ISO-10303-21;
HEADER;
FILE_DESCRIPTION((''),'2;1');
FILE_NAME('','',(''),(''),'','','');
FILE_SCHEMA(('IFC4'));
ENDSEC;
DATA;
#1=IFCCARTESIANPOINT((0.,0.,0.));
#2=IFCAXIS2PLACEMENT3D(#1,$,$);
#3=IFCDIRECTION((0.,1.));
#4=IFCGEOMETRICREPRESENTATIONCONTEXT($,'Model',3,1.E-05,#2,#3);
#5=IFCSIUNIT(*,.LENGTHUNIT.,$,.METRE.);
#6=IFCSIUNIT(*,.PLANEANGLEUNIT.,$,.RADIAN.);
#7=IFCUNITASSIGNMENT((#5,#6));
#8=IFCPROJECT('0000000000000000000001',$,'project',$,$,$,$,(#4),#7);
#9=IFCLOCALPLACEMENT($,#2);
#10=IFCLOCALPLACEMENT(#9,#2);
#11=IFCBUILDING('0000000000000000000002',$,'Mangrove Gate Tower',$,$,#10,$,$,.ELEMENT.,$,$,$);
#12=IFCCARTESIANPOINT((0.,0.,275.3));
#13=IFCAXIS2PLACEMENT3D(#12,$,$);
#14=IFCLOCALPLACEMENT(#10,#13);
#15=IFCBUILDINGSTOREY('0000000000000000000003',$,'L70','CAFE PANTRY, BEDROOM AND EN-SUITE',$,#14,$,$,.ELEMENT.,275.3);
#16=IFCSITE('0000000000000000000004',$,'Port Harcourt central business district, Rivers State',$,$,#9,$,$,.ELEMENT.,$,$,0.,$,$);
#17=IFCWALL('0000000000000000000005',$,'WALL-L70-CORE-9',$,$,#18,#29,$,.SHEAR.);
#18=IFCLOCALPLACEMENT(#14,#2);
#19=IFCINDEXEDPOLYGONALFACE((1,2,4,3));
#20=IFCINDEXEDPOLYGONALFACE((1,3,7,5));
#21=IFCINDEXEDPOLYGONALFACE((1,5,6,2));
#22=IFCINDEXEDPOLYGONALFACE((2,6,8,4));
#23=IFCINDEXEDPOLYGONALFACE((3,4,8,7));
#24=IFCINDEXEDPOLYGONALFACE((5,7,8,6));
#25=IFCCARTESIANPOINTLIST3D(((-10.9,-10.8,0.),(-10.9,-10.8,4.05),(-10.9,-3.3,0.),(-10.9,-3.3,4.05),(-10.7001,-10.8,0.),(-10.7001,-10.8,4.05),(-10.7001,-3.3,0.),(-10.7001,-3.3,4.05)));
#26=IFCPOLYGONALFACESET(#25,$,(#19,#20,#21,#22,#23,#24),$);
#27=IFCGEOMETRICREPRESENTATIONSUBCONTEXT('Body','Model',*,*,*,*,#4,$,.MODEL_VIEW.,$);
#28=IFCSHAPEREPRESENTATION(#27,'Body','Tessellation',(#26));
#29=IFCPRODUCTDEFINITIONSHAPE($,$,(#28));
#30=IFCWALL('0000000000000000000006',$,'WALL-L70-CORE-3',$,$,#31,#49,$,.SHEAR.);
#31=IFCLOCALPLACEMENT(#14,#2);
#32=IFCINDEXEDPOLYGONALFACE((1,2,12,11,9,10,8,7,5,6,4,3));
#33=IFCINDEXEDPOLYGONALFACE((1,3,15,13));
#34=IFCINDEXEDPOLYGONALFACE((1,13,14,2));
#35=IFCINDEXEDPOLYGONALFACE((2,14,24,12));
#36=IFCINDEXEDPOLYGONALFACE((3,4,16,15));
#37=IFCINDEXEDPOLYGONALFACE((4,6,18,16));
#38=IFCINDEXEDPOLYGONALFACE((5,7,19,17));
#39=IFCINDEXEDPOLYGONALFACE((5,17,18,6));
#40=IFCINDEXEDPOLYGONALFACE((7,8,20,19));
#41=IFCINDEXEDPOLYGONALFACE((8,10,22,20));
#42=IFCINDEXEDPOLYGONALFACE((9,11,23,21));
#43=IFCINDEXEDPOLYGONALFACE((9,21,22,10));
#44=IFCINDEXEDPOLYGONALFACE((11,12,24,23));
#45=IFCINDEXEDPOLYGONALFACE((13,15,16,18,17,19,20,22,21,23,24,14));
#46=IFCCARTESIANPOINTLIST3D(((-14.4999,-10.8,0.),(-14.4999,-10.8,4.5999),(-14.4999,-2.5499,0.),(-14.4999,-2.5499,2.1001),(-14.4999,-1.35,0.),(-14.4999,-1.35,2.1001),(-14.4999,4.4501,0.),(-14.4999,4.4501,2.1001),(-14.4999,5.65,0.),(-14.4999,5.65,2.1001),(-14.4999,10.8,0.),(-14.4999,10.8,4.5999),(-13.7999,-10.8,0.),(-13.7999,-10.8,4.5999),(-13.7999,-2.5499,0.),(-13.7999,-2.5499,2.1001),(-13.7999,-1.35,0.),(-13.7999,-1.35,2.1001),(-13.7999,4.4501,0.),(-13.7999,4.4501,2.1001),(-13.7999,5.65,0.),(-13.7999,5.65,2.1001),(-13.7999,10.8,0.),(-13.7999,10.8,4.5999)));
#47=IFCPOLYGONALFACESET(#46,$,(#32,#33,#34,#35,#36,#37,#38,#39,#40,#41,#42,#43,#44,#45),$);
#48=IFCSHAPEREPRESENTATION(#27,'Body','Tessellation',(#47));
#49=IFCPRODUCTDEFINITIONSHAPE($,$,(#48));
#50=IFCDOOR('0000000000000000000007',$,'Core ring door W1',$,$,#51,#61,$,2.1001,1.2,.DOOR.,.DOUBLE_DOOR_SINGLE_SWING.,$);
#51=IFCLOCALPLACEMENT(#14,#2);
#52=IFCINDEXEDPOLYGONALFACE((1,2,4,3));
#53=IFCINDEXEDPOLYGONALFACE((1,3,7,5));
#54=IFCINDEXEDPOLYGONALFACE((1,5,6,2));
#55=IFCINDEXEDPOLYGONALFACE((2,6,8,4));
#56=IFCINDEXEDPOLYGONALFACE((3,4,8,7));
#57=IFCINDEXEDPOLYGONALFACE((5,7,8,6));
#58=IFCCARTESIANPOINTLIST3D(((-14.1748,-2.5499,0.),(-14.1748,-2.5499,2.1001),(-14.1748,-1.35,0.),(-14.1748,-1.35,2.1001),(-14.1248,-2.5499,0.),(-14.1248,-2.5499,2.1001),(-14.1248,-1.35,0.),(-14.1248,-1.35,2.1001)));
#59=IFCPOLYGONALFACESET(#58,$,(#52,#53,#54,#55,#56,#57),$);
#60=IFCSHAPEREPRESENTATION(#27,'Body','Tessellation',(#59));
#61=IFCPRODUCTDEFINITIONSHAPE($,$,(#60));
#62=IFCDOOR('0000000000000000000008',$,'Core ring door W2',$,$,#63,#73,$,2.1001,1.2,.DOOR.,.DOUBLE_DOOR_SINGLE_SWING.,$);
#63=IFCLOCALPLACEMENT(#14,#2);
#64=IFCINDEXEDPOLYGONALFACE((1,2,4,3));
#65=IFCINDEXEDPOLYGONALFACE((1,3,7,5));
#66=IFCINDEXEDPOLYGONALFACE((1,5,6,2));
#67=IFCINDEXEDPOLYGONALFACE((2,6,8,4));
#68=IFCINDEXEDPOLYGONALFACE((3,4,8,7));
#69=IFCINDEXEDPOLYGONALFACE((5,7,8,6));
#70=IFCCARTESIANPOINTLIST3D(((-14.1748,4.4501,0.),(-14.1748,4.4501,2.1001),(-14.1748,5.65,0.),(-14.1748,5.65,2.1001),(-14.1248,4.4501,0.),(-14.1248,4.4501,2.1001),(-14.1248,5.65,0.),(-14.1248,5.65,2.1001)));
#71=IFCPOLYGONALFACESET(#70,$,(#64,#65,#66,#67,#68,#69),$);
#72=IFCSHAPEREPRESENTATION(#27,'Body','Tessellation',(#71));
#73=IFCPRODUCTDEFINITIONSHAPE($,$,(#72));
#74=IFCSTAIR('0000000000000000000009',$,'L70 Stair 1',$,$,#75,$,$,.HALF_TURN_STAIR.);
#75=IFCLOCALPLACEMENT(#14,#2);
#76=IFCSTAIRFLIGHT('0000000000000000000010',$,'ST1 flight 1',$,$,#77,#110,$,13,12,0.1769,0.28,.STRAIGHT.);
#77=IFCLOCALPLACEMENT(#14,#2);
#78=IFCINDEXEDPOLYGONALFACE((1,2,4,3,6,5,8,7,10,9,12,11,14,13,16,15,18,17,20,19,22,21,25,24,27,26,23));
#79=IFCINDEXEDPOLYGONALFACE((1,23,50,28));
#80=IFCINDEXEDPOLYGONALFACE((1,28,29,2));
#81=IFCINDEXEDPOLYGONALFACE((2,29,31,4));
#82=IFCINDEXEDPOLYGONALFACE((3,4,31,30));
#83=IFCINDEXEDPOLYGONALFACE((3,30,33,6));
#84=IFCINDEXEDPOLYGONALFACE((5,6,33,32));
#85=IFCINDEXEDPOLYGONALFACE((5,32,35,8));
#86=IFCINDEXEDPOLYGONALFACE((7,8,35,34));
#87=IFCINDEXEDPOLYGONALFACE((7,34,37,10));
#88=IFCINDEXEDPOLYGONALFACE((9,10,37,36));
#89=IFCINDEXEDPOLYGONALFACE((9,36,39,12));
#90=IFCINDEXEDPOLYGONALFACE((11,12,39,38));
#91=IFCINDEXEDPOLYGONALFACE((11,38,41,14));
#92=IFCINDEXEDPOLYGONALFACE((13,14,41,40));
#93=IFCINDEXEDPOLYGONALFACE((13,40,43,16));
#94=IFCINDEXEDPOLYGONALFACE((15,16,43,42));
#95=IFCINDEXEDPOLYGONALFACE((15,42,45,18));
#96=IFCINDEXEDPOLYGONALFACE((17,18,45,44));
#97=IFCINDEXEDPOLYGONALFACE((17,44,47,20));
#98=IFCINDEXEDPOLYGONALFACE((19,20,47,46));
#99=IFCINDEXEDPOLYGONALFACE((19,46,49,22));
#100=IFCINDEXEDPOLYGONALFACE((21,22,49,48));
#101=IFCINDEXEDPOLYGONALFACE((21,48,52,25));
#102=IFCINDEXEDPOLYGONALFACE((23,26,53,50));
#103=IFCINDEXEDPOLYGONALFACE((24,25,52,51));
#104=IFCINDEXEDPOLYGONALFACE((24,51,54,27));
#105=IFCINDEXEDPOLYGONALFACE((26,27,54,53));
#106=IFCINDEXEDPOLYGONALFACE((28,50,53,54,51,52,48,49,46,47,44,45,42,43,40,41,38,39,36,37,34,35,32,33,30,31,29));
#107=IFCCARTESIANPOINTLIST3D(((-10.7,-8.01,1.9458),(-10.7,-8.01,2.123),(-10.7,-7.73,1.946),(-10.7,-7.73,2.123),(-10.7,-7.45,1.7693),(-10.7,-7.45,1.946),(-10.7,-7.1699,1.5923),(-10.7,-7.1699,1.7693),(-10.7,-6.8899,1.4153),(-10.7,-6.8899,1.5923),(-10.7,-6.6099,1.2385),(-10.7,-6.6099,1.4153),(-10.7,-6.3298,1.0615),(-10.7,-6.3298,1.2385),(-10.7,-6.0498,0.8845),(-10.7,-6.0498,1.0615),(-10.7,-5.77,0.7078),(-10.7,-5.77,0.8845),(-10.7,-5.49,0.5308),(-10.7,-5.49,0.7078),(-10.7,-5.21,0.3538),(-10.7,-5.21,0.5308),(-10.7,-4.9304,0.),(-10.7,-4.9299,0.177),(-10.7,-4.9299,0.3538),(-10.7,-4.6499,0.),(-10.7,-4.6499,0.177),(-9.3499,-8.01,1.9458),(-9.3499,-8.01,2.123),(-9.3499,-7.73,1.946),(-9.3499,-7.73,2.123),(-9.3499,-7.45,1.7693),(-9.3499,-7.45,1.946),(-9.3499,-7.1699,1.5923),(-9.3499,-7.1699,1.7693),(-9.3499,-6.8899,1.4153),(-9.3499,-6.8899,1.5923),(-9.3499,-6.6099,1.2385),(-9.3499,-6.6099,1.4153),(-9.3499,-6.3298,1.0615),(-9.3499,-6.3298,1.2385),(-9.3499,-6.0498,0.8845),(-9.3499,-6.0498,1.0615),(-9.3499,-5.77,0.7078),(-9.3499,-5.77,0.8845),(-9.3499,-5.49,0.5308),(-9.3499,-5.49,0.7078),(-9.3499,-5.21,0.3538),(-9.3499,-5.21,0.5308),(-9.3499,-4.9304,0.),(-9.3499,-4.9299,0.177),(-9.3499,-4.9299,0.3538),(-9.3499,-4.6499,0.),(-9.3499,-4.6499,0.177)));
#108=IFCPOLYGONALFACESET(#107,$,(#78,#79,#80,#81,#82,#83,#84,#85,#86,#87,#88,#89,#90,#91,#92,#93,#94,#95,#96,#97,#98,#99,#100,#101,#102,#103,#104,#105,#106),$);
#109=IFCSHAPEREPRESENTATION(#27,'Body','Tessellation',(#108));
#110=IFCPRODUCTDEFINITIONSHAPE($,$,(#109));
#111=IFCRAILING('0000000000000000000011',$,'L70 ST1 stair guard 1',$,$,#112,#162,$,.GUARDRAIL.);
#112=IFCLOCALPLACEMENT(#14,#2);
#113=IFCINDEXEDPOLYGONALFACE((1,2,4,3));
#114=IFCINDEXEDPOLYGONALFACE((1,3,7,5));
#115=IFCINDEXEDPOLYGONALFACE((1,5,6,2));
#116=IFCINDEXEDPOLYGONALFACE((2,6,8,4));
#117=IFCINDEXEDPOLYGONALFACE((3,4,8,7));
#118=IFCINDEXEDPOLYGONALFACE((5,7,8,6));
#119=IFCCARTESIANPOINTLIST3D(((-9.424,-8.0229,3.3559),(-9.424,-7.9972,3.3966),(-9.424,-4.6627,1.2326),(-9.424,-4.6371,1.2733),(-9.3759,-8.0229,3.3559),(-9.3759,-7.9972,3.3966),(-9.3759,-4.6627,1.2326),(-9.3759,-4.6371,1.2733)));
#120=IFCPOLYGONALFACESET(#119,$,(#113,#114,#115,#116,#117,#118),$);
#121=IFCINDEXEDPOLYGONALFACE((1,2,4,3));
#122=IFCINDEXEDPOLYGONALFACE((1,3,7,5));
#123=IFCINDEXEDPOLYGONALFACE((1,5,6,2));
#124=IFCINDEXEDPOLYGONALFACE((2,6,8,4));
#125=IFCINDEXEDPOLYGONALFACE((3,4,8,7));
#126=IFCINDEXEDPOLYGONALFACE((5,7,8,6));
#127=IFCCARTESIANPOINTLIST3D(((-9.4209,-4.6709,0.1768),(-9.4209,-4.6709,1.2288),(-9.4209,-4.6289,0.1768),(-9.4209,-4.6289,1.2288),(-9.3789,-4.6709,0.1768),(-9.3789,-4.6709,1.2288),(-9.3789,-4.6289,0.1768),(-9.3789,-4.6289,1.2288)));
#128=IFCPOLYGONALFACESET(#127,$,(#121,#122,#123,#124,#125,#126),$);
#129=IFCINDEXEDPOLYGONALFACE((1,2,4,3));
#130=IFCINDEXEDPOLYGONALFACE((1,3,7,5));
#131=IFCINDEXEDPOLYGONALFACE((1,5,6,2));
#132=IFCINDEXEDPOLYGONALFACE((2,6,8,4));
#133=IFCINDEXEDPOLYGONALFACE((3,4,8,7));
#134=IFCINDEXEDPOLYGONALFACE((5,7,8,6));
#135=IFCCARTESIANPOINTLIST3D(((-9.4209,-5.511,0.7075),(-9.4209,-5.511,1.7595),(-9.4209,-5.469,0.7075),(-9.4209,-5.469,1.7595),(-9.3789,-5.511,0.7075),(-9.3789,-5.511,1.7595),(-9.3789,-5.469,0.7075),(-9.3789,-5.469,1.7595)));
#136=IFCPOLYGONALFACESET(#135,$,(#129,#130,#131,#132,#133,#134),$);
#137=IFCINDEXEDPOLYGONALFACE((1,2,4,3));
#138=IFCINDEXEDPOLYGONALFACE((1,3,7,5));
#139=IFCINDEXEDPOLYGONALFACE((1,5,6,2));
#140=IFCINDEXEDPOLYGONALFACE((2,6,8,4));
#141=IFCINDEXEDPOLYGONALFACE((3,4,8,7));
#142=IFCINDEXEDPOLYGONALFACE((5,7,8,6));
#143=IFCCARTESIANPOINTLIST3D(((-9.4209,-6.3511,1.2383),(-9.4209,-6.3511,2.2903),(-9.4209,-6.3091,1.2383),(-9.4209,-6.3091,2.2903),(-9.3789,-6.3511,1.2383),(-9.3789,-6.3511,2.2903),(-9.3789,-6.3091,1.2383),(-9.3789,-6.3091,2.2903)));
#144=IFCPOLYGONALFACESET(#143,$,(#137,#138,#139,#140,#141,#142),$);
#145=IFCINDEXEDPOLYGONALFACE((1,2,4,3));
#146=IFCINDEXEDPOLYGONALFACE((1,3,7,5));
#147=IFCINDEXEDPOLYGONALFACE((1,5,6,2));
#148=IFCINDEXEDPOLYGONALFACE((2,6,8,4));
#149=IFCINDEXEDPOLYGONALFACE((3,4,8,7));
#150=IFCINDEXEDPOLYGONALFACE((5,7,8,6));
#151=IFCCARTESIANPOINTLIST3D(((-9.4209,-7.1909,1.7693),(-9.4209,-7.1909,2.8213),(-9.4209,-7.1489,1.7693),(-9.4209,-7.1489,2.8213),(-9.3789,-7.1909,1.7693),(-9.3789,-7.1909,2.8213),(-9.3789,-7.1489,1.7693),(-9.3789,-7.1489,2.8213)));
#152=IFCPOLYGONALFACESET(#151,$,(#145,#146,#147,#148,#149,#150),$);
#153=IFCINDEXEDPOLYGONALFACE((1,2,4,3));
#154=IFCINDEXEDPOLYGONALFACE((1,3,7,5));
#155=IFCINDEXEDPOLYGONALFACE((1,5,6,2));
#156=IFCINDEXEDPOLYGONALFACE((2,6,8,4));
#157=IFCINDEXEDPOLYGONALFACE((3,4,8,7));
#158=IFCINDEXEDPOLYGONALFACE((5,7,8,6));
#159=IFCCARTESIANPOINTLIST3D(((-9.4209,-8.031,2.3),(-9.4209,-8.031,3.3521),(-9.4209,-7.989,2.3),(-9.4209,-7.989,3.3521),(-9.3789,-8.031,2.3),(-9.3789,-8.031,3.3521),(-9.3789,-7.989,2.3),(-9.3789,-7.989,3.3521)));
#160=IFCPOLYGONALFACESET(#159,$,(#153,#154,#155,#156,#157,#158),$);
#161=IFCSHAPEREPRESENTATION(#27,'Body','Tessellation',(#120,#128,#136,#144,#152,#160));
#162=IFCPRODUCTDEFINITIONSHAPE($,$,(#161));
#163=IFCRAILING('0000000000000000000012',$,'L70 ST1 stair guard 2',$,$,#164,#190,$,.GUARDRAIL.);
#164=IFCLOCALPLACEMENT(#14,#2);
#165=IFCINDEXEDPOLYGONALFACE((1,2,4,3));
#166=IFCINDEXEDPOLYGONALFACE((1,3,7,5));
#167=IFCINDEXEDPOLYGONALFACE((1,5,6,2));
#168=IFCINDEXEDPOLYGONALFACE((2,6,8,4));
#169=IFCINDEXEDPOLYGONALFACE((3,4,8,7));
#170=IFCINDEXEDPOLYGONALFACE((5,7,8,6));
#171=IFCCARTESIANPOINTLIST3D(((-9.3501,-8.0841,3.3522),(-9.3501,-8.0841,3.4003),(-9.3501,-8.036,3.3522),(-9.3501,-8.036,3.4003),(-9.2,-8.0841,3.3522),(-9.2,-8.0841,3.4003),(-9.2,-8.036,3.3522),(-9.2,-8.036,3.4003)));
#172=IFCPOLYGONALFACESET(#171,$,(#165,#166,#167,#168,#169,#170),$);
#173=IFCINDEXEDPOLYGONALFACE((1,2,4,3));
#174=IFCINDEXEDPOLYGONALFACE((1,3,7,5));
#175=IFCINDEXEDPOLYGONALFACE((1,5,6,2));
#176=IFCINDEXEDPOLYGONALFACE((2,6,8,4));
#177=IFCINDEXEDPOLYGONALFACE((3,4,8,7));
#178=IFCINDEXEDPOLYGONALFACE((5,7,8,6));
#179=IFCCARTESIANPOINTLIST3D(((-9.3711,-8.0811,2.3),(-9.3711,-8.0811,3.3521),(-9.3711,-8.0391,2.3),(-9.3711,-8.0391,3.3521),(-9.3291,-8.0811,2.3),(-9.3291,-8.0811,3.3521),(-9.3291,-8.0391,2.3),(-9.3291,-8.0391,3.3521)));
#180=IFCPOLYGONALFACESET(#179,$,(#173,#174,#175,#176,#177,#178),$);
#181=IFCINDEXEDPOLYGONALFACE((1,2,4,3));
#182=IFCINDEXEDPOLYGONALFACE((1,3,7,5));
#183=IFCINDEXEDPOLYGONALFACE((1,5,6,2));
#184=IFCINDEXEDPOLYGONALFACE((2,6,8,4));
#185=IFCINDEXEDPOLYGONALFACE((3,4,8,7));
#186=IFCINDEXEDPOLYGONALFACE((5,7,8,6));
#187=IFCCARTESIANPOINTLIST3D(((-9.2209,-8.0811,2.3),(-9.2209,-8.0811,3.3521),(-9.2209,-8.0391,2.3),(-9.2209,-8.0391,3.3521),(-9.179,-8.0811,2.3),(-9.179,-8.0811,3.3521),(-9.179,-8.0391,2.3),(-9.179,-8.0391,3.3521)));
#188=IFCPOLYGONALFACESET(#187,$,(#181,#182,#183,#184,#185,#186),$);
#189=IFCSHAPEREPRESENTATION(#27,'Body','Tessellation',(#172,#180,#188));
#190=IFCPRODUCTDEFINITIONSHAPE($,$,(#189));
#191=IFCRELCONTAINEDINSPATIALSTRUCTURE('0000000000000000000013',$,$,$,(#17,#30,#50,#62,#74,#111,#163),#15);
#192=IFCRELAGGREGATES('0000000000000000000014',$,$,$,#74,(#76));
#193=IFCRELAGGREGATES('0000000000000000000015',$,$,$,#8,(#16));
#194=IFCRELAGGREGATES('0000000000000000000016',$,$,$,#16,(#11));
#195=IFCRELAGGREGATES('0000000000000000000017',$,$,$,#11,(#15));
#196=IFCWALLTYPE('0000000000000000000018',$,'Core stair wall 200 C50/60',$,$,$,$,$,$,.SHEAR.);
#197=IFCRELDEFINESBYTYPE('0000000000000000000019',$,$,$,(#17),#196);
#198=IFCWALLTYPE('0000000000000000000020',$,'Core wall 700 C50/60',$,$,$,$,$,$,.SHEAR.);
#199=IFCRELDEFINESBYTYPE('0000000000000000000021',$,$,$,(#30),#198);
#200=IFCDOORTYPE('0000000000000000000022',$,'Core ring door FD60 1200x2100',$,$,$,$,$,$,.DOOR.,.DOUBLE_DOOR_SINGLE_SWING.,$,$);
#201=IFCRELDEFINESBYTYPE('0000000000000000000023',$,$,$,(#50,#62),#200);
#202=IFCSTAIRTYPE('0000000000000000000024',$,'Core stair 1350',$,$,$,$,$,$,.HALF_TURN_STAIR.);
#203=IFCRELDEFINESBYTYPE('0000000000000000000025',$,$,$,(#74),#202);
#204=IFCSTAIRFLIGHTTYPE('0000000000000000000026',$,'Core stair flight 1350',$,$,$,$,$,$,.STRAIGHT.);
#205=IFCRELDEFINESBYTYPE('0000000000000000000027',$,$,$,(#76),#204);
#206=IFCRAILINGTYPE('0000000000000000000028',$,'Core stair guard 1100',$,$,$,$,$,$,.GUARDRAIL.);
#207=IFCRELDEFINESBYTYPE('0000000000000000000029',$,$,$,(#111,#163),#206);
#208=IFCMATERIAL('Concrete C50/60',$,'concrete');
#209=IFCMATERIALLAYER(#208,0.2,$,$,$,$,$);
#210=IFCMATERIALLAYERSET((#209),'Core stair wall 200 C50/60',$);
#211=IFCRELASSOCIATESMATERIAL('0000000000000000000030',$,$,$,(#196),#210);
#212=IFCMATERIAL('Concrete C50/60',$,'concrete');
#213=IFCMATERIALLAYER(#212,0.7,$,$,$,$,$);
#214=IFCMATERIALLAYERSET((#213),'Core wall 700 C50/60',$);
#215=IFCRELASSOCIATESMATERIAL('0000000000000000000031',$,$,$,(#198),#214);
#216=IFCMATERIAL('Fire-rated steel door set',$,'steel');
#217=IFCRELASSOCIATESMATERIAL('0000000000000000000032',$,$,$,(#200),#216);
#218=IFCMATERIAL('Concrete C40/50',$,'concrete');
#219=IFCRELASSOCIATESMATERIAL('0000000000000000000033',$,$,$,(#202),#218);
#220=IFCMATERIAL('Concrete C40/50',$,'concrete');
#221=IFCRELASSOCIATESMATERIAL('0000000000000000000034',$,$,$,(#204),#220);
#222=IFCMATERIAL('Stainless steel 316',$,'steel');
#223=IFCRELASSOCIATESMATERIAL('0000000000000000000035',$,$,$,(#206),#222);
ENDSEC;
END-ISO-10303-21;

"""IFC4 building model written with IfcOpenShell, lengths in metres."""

from ifc_helpers import new_model, si_unit, direction, frame, frame_2d, origin, origin_2d, place, context, subcontext, project, spatial, polyline, rectangle, outline, extrude, material, layer, layer_set, type_object, element, fill, aggregate, save


model = new_model("IFC4")

# Units and contexts
model_context = context("Model", 3, precision=1e-05, world=origin(), true_north=direction((0.0, 1.0)))
body_context = subcontext(model_context, "Body", "Model", "MODEL_VIEW")
ifc_project = project(units=[si_unit("LENGTHUNIT", "METRE"), si_unit("PLANEANGLEUNIT", "RADIAN")], contexts=[model_context])

# Site, building, storey
site_placement = place(None, origin())
site = spatial("IfcSite", under=ifc_project, at=site_placement, Name="Port Harcourt central business district, Rivers State", CompositionType="ELEMENT", RefElevation=0.0)
building_placement = place(site_placement, origin())
building = spatial("IfcBuilding", under=site, at=building_placement, Name="Mangrove Gate Tower", CompositionType="ELEMENT")
storey_placement = place(building_placement, frame((0.0, 0.0, 275.3)))
storey = spatial("IfcBuildingStorey", under=building, at=storey_placement, Name="L70", Description="CAFE PANTRY, BEDROOM AND EN-SUITE", CompositionType="ELEMENT", Elevation=275.3)

# Shared definitions
ifc_material_1 = material(Name="Concrete C50/60", Category="concrete")
ifc_layer_1 = layer(ifc_material_1, 0.2)
ifc_layer_set_1 = layer_set([ifc_layer_1], Name="Core stair wall 200 C50/60")
wall_type_1 = type_object("IfcWallType", Name="Core stair wall 200 C50/60", PredefinedType="SHEAR", material=ifc_layer_set_1)

# Wall
wall_1_placement = place(storey_placement, frame((-10.8, -10.8, 0.0), z_axis=(0.0, 0.0, 1.0), x_axis=(0.0, 1.0, 0.0)))
element("IfcWall", 1, at=wall_1_placement, inside=storey, type_object=wall_type_1, Name="WALL-L70-CORE-9", PredefinedType="SHEAR", context=body_context, shape_type="SweptSolid", body=[
    extrude(rectangle(XDim=7.5, YDim=0.2, at=frame_2d((3.75, 0.0))), origin(), (0.0, 0.0, 1.0), 4.05),
])

# Wall, openings, doors
ifc_material_2 = material(Name="Concrete C50/60", Category="concrete")
ifc_layer_2 = layer(ifc_material_2, 0.7)
ifc_layer_set_2 = layer_set([ifc_layer_2], Name="Core wall 700 C50/60")
wall_type_2 = type_object("IfcWallType", Name="Core wall 700 C50/60", PredefinedType="SHEAR", material=ifc_layer_set_2)
wall_2_placement = place(storey_placement, frame((-14.1499, -10.8, 0.0), z_axis=(0.0, 0.0, 1.0), x_axis=(0.0, 1.0, 0.0)))
wall_2 = element("IfcWall", 2, at=wall_2_placement, inside=storey, type_object=wall_type_2, Name="WALL-L70-CORE-3", PredefinedType="SHEAR", context=body_context, shape_type="SweptSolid", body=[
    extrude(rectangle(XDim=21.6001, YDim=0.7, at=frame_2d((10.8, 0.0))), origin(), (0.0, 0.0, 1.0), 4.5999),
])
opening_1_placement = place(wall_2_placement, frame((8.25, 0.0, 0.0)))
opening_1 = element("IfcOpeningElement", 3, at=opening_1_placement, cuts=wall_2, PredefinedType="OPENING", context=body_context, shape_type="SweptSolid", body=[
    extrude(rectangle(XDim=1.2, YDim=2.1001, at=frame_2d((0.6001, 1.05))), frame((0.0, 0.3599, 0.0), z_axis=(0.0, -1.0, 0.0), x_axis=(1.0, 0.0, 0.0)), (0.0, 0.0, 1.0), 0.72),
])
opening_2_placement = place(wall_2_placement, frame((15.25, 0.0, 0.0)))
opening_2 = element("IfcOpeningElement", 4, at=opening_2_placement, cuts=wall_2, PredefinedType="OPENING", context=body_context, shape_type="SweptSolid", body=[
    extrude(rectangle(XDim=1.2, YDim=2.1001, at=frame_2d((0.6001, 1.05))), frame((0.0, 0.3599, 0.0), z_axis=(0.0, -1.0, 0.0), x_axis=(1.0, 0.0, 0.0)), (0.0, 0.0, 1.0), 0.72),
])
ifc_material_3 = material(Name="Fire-rated steel door set", Category="steel")
door_type_1 = type_object("IfcDoorType", Name="Core ring door FD60 1200x2100", OperationType="DOUBLE_DOOR_SINGLE_SWING", PredefinedType="DOOR", material=ifc_material_3)
door_1_placement = place(opening_1_placement, origin())
door_1 = element("IfcDoor", 5, at=door_1_placement, inside=storey, type_object=door_type_1, Name="Core ring door W1", OperationType="DOUBLE_DOOR_SINGLE_SWING", OverallHeight=2.1001, OverallWidth=1.2, PredefinedType="DOOR", context=body_context, shape_type="SweptSolid", body=[
    extrude(rectangle(XDim=1.2, YDim=2.1001, at=frame_2d((0.6001, 1.05))), frame((0.0, 0.0249, 0.0), z_axis=(0.0, -1.0, 0.0), x_axis=(1.0, 0.0, 0.0)), (0.0, 0.0, 1.0), 0.05),
])
fill(opening_1, door_1)
door_2_placement = place(opening_2_placement, origin())
door_2 = element("IfcDoor", 6, at=door_2_placement, inside=storey, type_object=door_type_1, Name="Core ring door W2", OperationType="DOUBLE_DOOR_SINGLE_SWING", OverallHeight=2.1001, OverallWidth=1.2, PredefinedType="DOOR", context=body_context, shape_type="SweptSolid", body=[
    extrude(rectangle(XDim=1.2, YDim=2.1001, at=frame_2d((0.6001, 1.05))), frame((0.0, 0.0249, 0.0), z_axis=(0.0, -1.0, 0.0), x_axis=(1.0, 0.0, 0.0)), (0.0, 0.0, 1.0), 0.05),
])
fill(opening_2, door_2)

# Stair, stair flight
ifc_material_4 = material(Name="Concrete C40/50", Category="concrete")
stair_type = type_object("IfcStairType", Name="Core stair 1350", PredefinedType="HALF_TURN_STAIR", material=ifc_material_4)
stair_placement = place(storey_placement, origin())
stair = element("IfcStair", 7, at=stair_placement, inside=storey, type_object=stair_type, Name="L70 Stair 1", PredefinedType="HALF_TURN_STAIR")
ifc_material_5 = material(Name="Concrete C40/50", Category="concrete")
stair_flight_type = type_object("IfcStairFlightType", Name="Core stair flight 1350", PredefinedType="STRAIGHT", material=ifc_material_5)
stair_flight_placement = place(storey_placement, frame((-10.0249, -4.6499, 0.0), z_axis=(0.0, 0.0, 1.0), x_axis=(0.0, -1.0, 0.0)))
stair_flight = element("IfcStairFlight", 8, at=stair_flight_placement, type_object=stair_flight_type, Name="ST1 flight 1", NumberOfRisers=13, NumberOfTreads=12, PredefinedType="STRAIGHT", RiserHeight=0.1769, TreadLength=0.28, context=body_context, shape_type="SweptSolid", body=[
    extrude(outline(polyline([(0.0, 0.0), (0.0, 0.177), (0.28, 0.177), (0.28, 0.3538), (0.5601, 0.3538), (0.5601, 0.5308), (0.8401, 0.5308), (0.8401, 0.7078), (1.1201, 0.7078), (1.1201, 0.8845), (1.3999, 0.8845), (1.3999, 1.0615), (1.6799, 1.0615), (1.6799, 1.2385), (1.96, 1.2385), (1.96, 1.4153), (2.24, 1.4153), (2.24, 1.5923), (2.52, 1.5923), (2.52, 1.7693), (2.8, 1.7693), (2.8, 1.946), (3.0801, 1.946), (3.0801, 2.123), (3.3601, 2.123), (3.3601, 2.3), (3.3601, 1.9458), (0.2805, 0.0), (0.0, 0.0)])), frame((0.0, 0.675, 0.0), z_axis=(0.0, -1.0, 0.0), x_axis=(1.0, 0.0, 0.0)), (0.0, 0.0, 1.0), 1.3501),
])
aggregate(stair, [stair_flight])

# Railings
ifc_material_6 = material(Name="Stainless steel 316", Category="steel")
railing_type_1 = type_object("IfcRailingType", Name="Core stair guard 1100", PredefinedType="GUARDRAIL", material=ifc_material_6)
railing_1_placement = place(storey_placement, frame((-9.3999, -4.6499, 0.1768)))
element("IfcRailing", 9, at=railing_1_placement, inside=storey, type_object=railing_type_1, Name="L70 ST1 stair guard 1", PredefinedType="GUARDRAIL", context=body_context, shape_type="SweptSolid", body=[
    extrude(rectangle(XDim=0.0481, YDim=0.0481, at=origin_2d()), frame((0.0, 0.0, 1.0762), z_axis=(0.0, -0.845362, 0.534194), x_axis=(1.0, 0.0, 0.0)), (0.0, 0.0, 1.0), 3.9749),
    extrude(rectangle(XDim=0.042, YDim=0.042, at=origin_2d()), origin(), (0.0, 0.0, 1.0), 1.052),
    extrude(rectangle(XDim=0.042, YDim=0.042, at=origin_2d()), frame((0.0, -0.8401, 0.5308)), (0.0, 0.0, 1.0), 1.052),
    extrude(rectangle(XDim=0.042, YDim=0.042, at=origin_2d()), frame((0.0, -1.6802, 1.0615)), (0.0, 0.0, 1.0), 1.052),
    extrude(rectangle(XDim=0.042, YDim=0.042, at=origin_2d()), frame((0.0, -2.52, 1.5925)), (0.0, 0.0, 1.0), 1.052),
    extrude(rectangle(XDim=0.042, YDim=0.042, at=origin_2d()), frame((0.0, -3.3601, 2.1233)), (0.0, 0.0, 1.0), 1.052),
])
for number, where, name in (
    (10, (-9.3501, -8.0601, 2.3), "L70 ST1 stair guard 2"),
):
    element("IfcRailing", number, at=place(storey_placement, frame(where)), inside=storey, type_object=railing_type_1, Name=name, PredefinedType="GUARDRAIL", context=body_context, shape_type="SweptSolid", body=[
        extrude(rectangle(XDim=0.0481, YDim=0.0481, at=origin_2d()), frame((0.0, 0.0, 1.0762), z_axis=(1.0, 0.0, 0.0), x_axis=(0.0, 1.0, 0.0)), (0.0, 0.0, 1.0), 0.1501),
        extrude(rectangle(XDim=0.042, YDim=0.042, at=origin_2d()), origin(), (0.0, 0.0, 1.0), 1.052),
        extrude(rectangle(XDim=0.042, YDim=0.042, at=origin_2d()), frame((0.1501, 0.0, 0.0)), (0.0, 0.0, 1.0), 1.052),
    ])

save(model, "model.ifc")
